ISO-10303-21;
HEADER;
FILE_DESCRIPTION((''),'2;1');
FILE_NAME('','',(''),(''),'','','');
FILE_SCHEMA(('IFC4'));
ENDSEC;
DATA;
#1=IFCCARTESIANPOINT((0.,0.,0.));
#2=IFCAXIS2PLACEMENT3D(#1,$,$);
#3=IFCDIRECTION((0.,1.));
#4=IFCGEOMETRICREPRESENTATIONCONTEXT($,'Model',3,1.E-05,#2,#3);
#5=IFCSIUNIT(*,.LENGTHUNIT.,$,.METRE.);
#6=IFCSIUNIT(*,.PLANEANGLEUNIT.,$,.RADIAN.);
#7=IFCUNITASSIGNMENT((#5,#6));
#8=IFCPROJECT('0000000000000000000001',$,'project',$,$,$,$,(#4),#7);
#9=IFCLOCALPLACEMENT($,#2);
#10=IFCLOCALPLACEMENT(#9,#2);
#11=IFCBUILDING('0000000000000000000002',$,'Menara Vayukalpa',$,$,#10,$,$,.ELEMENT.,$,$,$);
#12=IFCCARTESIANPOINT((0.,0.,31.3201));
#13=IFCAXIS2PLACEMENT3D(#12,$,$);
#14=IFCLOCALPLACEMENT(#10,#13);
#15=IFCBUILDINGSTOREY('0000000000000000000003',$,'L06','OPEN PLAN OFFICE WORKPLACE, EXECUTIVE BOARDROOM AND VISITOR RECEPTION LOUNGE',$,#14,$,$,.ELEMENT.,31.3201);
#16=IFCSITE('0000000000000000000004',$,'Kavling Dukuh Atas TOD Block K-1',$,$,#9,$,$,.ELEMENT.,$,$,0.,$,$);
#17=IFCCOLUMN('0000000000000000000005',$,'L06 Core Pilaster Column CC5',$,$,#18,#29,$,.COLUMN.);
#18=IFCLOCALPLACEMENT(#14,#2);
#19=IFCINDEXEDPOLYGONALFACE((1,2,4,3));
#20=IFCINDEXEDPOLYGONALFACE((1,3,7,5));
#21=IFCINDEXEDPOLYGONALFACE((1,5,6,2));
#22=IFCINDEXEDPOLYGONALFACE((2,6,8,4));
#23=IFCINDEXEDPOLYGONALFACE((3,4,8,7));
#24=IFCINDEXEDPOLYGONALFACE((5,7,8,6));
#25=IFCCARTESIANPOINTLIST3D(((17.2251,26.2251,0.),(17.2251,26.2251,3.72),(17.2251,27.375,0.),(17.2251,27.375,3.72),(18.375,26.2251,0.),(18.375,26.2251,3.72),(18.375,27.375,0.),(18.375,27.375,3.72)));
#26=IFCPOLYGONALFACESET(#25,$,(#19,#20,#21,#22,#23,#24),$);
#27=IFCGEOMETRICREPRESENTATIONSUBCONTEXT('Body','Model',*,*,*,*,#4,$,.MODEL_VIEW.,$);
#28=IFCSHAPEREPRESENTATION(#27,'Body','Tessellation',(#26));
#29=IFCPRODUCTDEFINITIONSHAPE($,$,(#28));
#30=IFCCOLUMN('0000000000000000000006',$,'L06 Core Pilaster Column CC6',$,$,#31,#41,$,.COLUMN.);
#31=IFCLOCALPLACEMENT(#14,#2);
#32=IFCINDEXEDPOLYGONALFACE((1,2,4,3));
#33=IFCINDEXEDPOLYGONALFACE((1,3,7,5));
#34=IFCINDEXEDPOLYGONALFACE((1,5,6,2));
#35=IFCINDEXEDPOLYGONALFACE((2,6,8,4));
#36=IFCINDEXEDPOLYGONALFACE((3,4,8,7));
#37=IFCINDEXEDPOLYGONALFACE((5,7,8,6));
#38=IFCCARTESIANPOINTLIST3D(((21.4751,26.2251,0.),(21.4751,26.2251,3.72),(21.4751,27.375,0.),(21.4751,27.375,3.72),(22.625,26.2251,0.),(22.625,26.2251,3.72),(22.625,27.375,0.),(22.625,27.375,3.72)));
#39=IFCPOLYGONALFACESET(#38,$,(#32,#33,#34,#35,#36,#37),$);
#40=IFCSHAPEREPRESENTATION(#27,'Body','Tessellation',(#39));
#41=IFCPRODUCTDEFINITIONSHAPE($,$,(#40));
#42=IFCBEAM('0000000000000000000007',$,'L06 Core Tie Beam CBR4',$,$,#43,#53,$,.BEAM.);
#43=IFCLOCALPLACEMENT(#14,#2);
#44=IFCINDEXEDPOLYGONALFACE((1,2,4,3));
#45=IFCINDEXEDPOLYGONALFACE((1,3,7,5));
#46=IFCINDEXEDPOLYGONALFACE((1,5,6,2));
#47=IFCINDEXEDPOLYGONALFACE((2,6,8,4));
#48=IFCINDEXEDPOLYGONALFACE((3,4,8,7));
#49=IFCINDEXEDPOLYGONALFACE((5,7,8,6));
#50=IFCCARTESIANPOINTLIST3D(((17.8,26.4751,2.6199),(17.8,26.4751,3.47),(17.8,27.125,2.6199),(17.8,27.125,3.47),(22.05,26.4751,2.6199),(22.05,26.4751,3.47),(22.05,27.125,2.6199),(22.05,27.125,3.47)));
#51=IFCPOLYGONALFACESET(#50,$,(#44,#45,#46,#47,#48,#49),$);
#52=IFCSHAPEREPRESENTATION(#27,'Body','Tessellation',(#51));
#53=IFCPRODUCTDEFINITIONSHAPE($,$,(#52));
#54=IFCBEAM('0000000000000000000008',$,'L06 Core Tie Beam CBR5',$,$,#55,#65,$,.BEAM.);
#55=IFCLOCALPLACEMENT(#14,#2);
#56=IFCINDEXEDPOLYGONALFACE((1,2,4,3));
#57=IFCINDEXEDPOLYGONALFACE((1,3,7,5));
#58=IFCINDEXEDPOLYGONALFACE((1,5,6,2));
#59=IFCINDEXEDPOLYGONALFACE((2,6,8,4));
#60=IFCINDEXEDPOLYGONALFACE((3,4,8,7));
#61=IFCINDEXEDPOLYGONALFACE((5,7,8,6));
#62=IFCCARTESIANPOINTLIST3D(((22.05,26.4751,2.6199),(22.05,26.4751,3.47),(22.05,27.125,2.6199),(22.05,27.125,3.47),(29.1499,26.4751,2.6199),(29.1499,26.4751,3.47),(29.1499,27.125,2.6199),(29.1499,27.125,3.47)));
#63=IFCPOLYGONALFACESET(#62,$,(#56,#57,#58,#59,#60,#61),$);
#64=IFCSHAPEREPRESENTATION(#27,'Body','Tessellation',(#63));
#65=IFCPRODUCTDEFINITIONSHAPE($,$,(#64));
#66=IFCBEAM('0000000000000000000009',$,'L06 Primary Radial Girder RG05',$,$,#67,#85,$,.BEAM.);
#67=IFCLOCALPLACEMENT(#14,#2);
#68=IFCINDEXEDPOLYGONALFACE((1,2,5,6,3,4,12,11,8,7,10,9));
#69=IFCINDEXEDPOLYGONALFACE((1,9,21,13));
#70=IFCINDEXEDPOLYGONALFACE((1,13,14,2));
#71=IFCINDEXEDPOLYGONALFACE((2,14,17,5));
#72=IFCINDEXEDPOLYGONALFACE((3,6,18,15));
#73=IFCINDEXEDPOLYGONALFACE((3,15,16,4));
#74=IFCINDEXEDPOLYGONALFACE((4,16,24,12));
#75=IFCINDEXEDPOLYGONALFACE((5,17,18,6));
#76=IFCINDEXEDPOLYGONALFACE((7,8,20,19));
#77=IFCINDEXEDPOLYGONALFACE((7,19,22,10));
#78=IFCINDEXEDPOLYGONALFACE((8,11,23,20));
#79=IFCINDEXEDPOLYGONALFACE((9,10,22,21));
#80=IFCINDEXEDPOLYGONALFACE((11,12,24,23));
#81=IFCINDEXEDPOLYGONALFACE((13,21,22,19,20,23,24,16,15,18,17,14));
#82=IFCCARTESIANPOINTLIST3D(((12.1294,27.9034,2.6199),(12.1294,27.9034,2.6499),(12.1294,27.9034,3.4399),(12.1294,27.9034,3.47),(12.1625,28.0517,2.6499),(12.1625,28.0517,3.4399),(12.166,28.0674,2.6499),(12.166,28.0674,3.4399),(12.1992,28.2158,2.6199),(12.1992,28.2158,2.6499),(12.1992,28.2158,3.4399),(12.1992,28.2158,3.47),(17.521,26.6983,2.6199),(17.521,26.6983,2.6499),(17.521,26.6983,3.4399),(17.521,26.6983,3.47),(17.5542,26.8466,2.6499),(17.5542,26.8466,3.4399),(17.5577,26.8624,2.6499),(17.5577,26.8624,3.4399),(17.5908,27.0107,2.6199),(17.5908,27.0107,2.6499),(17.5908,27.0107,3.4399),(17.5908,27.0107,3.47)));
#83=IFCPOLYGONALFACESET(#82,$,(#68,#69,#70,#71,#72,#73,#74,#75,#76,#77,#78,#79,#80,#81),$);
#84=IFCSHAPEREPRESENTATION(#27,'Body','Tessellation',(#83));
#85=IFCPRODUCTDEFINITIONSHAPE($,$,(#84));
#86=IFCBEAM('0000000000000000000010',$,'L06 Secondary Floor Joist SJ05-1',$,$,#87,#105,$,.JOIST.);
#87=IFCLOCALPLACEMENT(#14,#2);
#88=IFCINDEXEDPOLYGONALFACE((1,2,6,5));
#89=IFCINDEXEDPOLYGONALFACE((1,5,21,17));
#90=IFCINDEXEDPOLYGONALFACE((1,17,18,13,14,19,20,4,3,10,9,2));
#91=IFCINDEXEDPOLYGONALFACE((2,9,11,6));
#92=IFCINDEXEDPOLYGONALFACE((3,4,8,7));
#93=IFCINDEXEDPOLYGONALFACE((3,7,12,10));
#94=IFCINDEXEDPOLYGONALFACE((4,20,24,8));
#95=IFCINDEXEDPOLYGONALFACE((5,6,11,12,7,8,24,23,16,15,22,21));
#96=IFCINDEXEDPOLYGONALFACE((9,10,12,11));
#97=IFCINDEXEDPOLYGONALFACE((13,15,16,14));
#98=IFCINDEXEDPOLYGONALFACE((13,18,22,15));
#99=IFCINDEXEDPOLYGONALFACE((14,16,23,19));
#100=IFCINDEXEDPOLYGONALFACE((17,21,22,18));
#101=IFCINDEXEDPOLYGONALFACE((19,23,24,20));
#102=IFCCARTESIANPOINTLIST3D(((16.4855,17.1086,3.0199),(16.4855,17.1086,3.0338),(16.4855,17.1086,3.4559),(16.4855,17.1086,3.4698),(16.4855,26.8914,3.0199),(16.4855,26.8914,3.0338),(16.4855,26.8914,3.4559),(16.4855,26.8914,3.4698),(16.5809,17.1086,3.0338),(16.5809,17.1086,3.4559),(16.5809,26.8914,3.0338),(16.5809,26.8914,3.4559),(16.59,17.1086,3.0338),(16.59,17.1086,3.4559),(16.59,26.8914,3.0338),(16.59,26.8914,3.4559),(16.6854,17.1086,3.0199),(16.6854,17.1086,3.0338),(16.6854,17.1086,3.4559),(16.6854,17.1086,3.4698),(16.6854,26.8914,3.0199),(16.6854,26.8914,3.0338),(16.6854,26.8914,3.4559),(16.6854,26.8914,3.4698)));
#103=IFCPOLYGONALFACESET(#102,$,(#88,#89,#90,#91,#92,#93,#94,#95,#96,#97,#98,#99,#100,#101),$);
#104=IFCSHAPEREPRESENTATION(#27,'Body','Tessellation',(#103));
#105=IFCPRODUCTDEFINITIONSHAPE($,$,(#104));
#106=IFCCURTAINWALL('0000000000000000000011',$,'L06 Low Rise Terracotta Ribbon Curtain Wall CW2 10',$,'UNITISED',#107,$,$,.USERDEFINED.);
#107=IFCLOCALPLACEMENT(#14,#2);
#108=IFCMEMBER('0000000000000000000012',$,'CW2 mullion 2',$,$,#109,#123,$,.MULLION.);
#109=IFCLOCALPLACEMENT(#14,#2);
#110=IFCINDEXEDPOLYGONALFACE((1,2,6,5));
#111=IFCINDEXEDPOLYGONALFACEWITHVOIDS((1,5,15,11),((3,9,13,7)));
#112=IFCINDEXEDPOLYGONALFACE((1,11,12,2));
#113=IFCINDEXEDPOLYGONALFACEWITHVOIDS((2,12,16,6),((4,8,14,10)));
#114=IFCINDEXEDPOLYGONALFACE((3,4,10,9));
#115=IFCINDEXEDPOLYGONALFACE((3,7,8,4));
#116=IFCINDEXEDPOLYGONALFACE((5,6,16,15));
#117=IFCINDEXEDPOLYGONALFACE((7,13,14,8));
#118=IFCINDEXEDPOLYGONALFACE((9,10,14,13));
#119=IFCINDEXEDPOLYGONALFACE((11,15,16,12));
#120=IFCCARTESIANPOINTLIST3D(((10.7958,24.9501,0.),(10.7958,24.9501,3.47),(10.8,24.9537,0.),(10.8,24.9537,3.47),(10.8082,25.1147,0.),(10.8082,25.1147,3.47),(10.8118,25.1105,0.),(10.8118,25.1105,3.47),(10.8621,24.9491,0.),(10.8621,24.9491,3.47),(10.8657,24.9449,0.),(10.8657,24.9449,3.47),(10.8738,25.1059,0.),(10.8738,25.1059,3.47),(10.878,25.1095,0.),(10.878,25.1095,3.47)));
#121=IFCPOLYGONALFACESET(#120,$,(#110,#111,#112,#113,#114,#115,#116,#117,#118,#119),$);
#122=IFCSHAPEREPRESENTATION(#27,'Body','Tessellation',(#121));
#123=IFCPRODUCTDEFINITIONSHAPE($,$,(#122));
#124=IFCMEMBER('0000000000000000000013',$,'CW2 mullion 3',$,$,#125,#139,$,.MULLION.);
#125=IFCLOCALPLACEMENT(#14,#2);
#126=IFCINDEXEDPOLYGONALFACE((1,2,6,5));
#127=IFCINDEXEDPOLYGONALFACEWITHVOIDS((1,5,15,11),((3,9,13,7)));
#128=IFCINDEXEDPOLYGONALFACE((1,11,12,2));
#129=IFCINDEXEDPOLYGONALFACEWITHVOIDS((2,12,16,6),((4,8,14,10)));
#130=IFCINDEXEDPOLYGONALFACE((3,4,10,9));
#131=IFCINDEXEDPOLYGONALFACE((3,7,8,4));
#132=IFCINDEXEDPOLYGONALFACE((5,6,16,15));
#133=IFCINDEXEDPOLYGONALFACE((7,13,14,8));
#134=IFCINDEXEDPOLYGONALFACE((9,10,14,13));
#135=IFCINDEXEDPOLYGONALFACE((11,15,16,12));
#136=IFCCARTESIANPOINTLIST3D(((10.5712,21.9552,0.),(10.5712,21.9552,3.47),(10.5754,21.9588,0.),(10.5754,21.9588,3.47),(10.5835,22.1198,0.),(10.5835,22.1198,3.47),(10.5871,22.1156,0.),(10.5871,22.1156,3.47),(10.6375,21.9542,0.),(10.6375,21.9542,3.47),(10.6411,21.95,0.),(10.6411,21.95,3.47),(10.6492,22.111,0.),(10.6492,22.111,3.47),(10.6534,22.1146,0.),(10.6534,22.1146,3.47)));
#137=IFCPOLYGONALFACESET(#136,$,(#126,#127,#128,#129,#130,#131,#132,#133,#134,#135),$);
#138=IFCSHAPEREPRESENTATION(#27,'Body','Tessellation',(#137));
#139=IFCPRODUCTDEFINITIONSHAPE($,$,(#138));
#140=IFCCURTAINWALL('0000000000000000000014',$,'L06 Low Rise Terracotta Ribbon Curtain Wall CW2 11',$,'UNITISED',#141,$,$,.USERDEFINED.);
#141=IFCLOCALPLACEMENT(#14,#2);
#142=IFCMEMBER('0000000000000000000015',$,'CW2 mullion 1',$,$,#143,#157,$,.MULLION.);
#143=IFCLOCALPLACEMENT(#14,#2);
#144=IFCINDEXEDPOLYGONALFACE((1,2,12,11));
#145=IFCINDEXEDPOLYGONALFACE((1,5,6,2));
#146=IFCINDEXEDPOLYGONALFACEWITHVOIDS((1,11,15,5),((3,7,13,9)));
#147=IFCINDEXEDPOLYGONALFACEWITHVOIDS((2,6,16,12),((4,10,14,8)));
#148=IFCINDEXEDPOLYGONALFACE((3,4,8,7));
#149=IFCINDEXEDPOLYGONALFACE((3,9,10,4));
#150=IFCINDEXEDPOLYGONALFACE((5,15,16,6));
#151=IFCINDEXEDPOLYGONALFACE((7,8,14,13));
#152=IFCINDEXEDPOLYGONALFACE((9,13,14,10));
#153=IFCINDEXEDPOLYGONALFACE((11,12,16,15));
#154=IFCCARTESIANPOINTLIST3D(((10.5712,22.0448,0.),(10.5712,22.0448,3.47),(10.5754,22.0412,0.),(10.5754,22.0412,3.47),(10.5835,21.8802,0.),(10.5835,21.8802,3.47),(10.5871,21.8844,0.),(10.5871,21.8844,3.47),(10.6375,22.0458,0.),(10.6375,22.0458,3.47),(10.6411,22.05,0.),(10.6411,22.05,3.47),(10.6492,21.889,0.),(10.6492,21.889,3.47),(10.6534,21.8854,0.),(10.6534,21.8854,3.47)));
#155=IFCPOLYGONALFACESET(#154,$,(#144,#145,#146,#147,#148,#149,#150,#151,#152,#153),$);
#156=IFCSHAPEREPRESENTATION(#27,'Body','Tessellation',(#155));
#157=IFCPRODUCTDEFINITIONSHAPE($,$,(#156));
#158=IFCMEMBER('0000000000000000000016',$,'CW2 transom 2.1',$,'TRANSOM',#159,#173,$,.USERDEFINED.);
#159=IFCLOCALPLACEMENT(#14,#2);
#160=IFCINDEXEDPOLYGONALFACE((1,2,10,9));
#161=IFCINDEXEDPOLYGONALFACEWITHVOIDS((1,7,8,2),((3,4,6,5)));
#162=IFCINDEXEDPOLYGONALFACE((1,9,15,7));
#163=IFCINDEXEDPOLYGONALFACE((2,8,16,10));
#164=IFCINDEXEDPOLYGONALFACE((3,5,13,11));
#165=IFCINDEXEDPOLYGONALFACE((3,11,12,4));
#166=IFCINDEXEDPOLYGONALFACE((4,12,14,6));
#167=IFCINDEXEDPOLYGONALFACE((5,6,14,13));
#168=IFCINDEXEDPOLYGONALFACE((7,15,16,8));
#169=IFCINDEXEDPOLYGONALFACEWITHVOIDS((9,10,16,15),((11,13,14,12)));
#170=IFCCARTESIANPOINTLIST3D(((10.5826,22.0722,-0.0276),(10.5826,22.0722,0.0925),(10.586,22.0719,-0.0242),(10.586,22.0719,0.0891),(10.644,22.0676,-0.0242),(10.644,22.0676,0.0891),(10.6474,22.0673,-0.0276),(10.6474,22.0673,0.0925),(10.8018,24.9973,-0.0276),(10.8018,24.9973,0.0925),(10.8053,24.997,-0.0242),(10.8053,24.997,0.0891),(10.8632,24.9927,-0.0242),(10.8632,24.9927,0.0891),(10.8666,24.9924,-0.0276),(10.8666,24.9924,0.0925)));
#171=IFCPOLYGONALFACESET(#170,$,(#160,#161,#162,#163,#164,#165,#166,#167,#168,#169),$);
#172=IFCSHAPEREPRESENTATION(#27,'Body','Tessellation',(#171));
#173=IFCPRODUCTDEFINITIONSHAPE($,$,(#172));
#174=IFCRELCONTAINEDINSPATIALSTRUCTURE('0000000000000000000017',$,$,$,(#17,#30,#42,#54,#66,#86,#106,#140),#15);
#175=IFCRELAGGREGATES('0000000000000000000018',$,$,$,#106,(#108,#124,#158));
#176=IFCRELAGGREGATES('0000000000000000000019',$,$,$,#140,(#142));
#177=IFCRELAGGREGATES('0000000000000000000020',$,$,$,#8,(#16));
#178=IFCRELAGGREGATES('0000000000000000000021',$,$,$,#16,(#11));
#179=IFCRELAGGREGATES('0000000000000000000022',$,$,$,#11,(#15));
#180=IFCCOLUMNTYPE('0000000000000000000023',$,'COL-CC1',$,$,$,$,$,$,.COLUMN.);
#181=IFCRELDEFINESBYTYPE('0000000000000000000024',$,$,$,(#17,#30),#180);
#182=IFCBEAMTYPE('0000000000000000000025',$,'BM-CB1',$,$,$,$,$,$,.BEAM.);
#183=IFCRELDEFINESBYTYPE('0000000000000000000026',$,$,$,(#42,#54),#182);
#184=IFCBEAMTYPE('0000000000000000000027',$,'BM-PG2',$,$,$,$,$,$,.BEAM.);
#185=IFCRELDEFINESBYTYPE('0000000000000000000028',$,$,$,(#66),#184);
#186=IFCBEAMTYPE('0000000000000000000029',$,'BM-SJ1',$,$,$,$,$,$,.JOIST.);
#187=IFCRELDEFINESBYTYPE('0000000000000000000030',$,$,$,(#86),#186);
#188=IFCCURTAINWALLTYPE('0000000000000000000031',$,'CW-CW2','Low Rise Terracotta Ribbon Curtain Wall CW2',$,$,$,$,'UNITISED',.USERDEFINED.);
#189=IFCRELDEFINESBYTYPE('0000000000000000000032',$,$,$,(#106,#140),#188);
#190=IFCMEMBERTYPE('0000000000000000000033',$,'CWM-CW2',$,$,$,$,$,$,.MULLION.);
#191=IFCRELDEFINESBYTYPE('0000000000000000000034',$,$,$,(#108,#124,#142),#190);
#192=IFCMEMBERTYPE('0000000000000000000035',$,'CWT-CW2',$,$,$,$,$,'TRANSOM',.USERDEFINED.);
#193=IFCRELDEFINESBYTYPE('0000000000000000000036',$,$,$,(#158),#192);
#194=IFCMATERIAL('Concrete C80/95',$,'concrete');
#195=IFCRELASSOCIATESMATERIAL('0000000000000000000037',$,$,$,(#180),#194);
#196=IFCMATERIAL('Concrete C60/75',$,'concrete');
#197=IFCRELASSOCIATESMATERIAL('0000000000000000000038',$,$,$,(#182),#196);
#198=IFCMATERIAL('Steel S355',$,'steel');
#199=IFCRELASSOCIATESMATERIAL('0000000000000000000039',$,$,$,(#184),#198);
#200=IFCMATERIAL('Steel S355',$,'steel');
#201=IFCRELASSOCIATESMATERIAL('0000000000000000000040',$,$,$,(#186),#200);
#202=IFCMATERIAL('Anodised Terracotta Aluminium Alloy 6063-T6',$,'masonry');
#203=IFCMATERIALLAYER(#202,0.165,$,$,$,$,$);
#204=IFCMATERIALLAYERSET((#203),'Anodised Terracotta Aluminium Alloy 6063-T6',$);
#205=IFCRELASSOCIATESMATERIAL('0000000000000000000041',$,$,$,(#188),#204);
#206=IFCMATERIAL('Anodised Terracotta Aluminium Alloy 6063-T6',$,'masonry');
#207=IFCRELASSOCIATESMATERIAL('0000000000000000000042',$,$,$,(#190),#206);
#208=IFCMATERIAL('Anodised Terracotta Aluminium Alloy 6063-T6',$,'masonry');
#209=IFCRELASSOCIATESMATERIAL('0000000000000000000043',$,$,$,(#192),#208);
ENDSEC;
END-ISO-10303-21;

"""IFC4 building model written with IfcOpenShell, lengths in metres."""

from ifc_helpers import new_model, si_unit, direction, frame, origin, origin_2d, place, context, subcontext, project, spatial, rectangle, hollow_rectangle, i_section, extrude, material, layer, layer_set, material_profile, profile_set, type_object, element, aggregate, save


model = new_model("IFC4")

# Units and contexts
model_context = context("Model", 3, precision=1e-05, world=origin(), true_north=direction((0.0, 1.0)))
body_context = subcontext(model_context, "Body", "Model", "MODEL_VIEW")
ifc_project = project(units=[si_unit("LENGTHUNIT", "METRE"), si_unit("PLANEANGLEUNIT", "RADIAN")], contexts=[model_context])

# Site, building, storey
site_placement = place(None, origin())
site = spatial("IfcSite", under=ifc_project, at=site_placement, Name="Kavling Dukuh Atas TOD Block K-1", CompositionType="ELEMENT", RefElevation=0.0)
building_placement = place(site_placement, origin())
building = spatial("IfcBuilding", under=site, at=building_placement, Name="Menara Vayukalpa", CompositionType="ELEMENT")
storey_placement = place(building_placement, frame((0.0, 0.0, 31.3201)))
storey = spatial("IfcBuildingStorey", under=building, at=storey_placement, Name="L06", Description="OPEN PLAN OFFICE WORKPLACE, EXECUTIVE BOARDROOM AND VISITOR RECEPTION LOUNGE", CompositionType="ELEMENT", Elevation=31.3201)

# Columns
ifc_material_1 = material(Name="Concrete C80/95", Category="concrete")
ifc_material_profile_1 = material_profile(ifc_material_1, rectangle(XDim=1.1499, YDim=1.1499, at=origin_2d()), Name="RC 1150x1150")
ifc_profile_set_1 = profile_set([ifc_material_profile_1], Name="Concrete C80/95")
column_type = type_object("IfcColumnType", Name="COL-CC1", PredefinedType="COLUMN", material=ifc_profile_set_1)
for number, where, z_axis, x_axis, name in (
    (1, (17.8, 26.8, 0.0), (0.0, 0.0, 1.0), (1.0, 0.0, 0.0), "L06 Core Pilaster Column CC5"),
    (2, (22.05, 26.8, 0.0), (0.0, 0.0, 1.0), (1.0, 0.0, 0.0), "L06 Core Pilaster Column CC6"),
):
    element("IfcColumn", number, at=place(storey_placement, frame(where, z_axis=z_axis, x_axis=x_axis)), inside=storey, type_object=column_type, Name=name, PredefinedType="COLUMN", context=body_context, shape_type="SweptSolid", body=[
        extrude(rectangle(XDim=1.1499, YDim=1.1499, at=origin_2d()), origin(), (0.0, 0.0, 1.0), 3.72),
    ])

# Beams
ifc_material_2 = material(Name="Concrete C60/75", Category="concrete")
ifc_material_profile_2 = material_profile(ifc_material_2, rectangle(XDim=0.6499, YDim=0.8501, at=origin_2d()), Name="RC 650x850")
ifc_profile_set_2 = profile_set([ifc_material_profile_2], Name="Concrete C60/75")
beam_type_1 = type_object("IfcBeamType", Name="BM-CB1", PredefinedType="BEAM", material=ifc_profile_set_2)
beam_1_placement = place(storey_placement, frame((17.8, 26.8, 3.0449), z_axis=(1.0, 0.0, 0.0), x_axis=(0.0, 1.0, 0.0)))
element("IfcBeam", 3, at=beam_1_placement, inside=storey, type_object=beam_type_1, Name="L06 Core Tie Beam CBR4", PredefinedType="BEAM", context=body_context, shape_type="SweptSolid", body=[
    extrude(rectangle(XDim=0.6499, YDim=0.8501, at=origin_2d()), origin(), (0.0, 0.0, 1.0), 4.25),
])
beam_2_placement = place(storey_placement, frame((22.05, 26.8, 3.0449), z_axis=(1.0, 0.0, 0.0), x_axis=(0.0, 1.0, 0.0)))
element("IfcBeam", 4, at=beam_2_placement, inside=storey, type_object=beam_type_1, Name="L06 Core Tie Beam CBR5", PredefinedType="BEAM", context=body_context, shape_type="SweptSolid", body=[
    extrude(rectangle(XDim=0.6499, YDim=0.8501, at=origin_2d()), origin(), (0.0, 0.0, 1.0), 7.0999),
])
ifc_material_3 = material(Name="Steel S355", Category="steel")
ifc_material_profile_3 = material_profile(ifc_material_3, i_section(OverallWidth=0.3201, OverallDepth=0.8501, WebThickness=0.0161, FlangeThickness=0.03, at=origin_2d()), Name="WF 850x320x16x30")
ifc_profile_set_3 = profile_set([ifc_material_profile_3], Name="Steel S355")
beam_type_2 = type_object("IfcBeamType", Name="BM-PG2", PredefinedType="BEAM", material=ifc_profile_set_3)
beam_3_placement = place(storey_placement, frame((17.5559, 26.8545, 3.0449), z_axis=(-0.97592, 0.218128, 0.0), x_axis=(-0.218128, -0.97592, 0.0)))
element("IfcBeam", 5, at=beam_3_placement, inside=storey, type_object=beam_type_2, Name="L06 Primary Radial Girder RG05", PredefinedType="BEAM", context=body_context, shape_type="SweptSolid", body=[
    extrude(i_section(OverallWidth=0.3201, OverallDepth=0.8501, WebThickness=0.0161, FlangeThickness=0.03, at=origin_2d()), origin(), (0.0, 0.0, 1.0), 5.5247),
])
ifc_material_4 = material(Name="Steel S355", Category="steel")
ifc_material_profile_4 = material_profile(ifc_material_4, i_section(OverallWidth=0.2, OverallDepth=0.45, WebThickness=0.009, FlangeThickness=0.0139, at=origin_2d()), Name="WF 450x200x9x14")
ifc_profile_set_4 = profile_set([ifc_material_profile_4], Name="Steel S355")
beam_type_3 = type_object("IfcBeamType", Name="BM-SJ1", PredefinedType="JOIST", material=ifc_profile_set_4)
beam_4_placement = place(storey_placement, frame((16.5854, 26.8914, 3.2449), z_axis=(0.0, -1.0, 0.0), x_axis=(1.0, 0.0, 0.0)))
element("IfcBeam", 6, at=beam_4_placement, inside=storey, type_object=beam_type_3, Name="L06 Secondary Floor Joist SJ05-1", PredefinedType="JOIST", context=body_context, shape_type="SweptSolid", body=[
    extrude(i_section(OverallWidth=0.2, OverallDepth=0.45, WebThickness=0.009, FlangeThickness=0.0139, at=origin_2d()), origin(), (0.0, 0.0, 1.0), 9.7827),
])

# Curtain wall, members
ifc_material_5 = material(Name="Anodised Terracotta Aluminium Alloy 6063-T6", Category="masonry")
ifc_layer_1 = layer(ifc_material_5, 0.165)
ifc_layer_set_1 = layer_set([ifc_layer_1], Name="Anodised Terracotta Aluminium Alloy 6063-T6")
curtain_wall_type = type_object("IfcCurtainWallType", Name="CW-CW2", Description="Low Rise Terracotta Ribbon Curtain Wall CW2", ElementType="UNITISED", PredefinedType="USERDEFINED", material=ifc_layer_set_1)
curtain_wall_1_placement = place(storey_placement, origin())
curtain_wall_1 = element("IfcCurtainWall", 7, at=curtain_wall_1_placement, inside=storey, type_object=curtain_wall_type, Name="L06 Low Rise Terracotta Ribbon Curtain Wall CW2 10", ObjectType="UNITISED", PredefinedType="USERDEFINED")
ifc_material_6 = material(Name="Anodised Terracotta Aluminium Alloy 6063-T6", Category="masonry")
ifc_material_profile_5 = material_profile(ifc_material_6, hollow_rectangle(XDim=0.0701, YDim=0.165, WallThickness=0.0039, at=origin_2d()), Name="ALU 70x165x4")
ifc_profile_set_5 = profile_set([ifc_material_profile_5], Name="Anodised Terracotta Aluminium Alloy 6063-T6")
member_type_1 = type_object("IfcMemberType", Name="CWM-CW2", PredefinedType="MULLION", material=ifc_profile_set_5)
member_1_placement = place(storey_placement, frame((10.8369, 25.0298, 0.0), z_axis=(0.0, 0.0, 1.0), x_axis=(0.997199, -0.074795, 0.0)))
member_1 = element("IfcMember", 8, at=member_1_placement, type_object=member_type_1, Name="CW2 mullion 2", PredefinedType="MULLION", context=body_context, shape_type="SweptSolid", body=[
    extrude(hollow_rectangle(XDim=0.0701, YDim=0.165, WallThickness=0.0039, at=origin_2d()), origin(), (0.0, 0.0, 1.0), 3.47),
])
member_2_placement = place(storey_placement, frame((10.6123, 22.0349, 0.0), z_axis=(0.0, 0.0, 1.0), x_axis=(0.997199, -0.074795, 0.0)))
member_2 = element("IfcMember", 9, at=member_2_placement, type_object=member_type_1, Name="CW2 mullion 3", PredefinedType="MULLION", context=body_context, shape_type="SweptSolid", body=[
    extrude(hollow_rectangle(XDim=0.0701, YDim=0.165, WallThickness=0.0039, at=origin_2d()), origin(), (0.0, 0.0, 1.0), 3.47),
])

# Curtain wall, member
curtain_wall_2_placement = place(storey_placement, origin())
curtain_wall_2 = element("IfcCurtainWall", 10, at=curtain_wall_2_placement, inside=storey, type_object=curtain_wall_type, Name="L06 Low Rise Terracotta Ribbon Curtain Wall CW2 11", ObjectType="UNITISED", PredefinedType="USERDEFINED")
member_3_placement = place(storey_placement, frame((10.6123, 21.9651, 0.0), z_axis=(0.0, 0.0, 1.0), x_axis=(0.997199, 0.074795, 0.0)))
member_3 = element("IfcMember", 11, at=member_3_placement, type_object=member_type_1, Name="CW2 mullion 1", PredefinedType="MULLION", context=body_context, shape_type="SweptSolid", body=[
    extrude(hollow_rectangle(XDim=0.0701, YDim=0.165, WallThickness=0.0039, at=origin_2d()), origin(), (0.0, 0.0, 1.0), 3.47),
])

# Member
ifc_material_7 = material(Name="Anodised Terracotta Aluminium Alloy 6063-T6", Category="masonry")
ifc_material_profile_6 = material_profile(ifc_material_7, hollow_rectangle(XDim=0.0649, YDim=0.1201, WallThickness=0.0034, at=origin_2d()), Name="ALU 65x120x3.5")
ifc_profile_set_6 = profile_set([ifc_material_profile_6], Name="Anodised Terracotta Aluminium Alloy 6063-T6")
member_type_2 = type_object("IfcMemberType", Name="CWT-CW2", ElementType="TRANSOM", PredefinedType="USERDEFINED", material=ifc_profile_set_6)
member_4_placement = place(storey_placement, frame((10.8342, 24.9949, 0.0325), z_axis=(-0.074742, -0.997203, 0.0), x_axis=(0.997203, -0.074742, 0.0)))
member_4 = element("IfcMember", 12, at=member_4_placement, type_object=member_type_2, Name="CW2 transom 2.1", ObjectType="TRANSOM", PredefinedType="USERDEFINED", context=body_context, shape_type="SweptSolid", body=[
    extrude(hollow_rectangle(XDim=0.0649, YDim=0.1201, WallThickness=0.0034, at=origin_2d()), origin(), (0.0, 0.0, 1.0), 2.9333),
])

aggregate(curtain_wall_1, [member_1, member_2, member_4])
aggregate(curtain_wall_2, [member_3])

save(model, "model.ifc")
